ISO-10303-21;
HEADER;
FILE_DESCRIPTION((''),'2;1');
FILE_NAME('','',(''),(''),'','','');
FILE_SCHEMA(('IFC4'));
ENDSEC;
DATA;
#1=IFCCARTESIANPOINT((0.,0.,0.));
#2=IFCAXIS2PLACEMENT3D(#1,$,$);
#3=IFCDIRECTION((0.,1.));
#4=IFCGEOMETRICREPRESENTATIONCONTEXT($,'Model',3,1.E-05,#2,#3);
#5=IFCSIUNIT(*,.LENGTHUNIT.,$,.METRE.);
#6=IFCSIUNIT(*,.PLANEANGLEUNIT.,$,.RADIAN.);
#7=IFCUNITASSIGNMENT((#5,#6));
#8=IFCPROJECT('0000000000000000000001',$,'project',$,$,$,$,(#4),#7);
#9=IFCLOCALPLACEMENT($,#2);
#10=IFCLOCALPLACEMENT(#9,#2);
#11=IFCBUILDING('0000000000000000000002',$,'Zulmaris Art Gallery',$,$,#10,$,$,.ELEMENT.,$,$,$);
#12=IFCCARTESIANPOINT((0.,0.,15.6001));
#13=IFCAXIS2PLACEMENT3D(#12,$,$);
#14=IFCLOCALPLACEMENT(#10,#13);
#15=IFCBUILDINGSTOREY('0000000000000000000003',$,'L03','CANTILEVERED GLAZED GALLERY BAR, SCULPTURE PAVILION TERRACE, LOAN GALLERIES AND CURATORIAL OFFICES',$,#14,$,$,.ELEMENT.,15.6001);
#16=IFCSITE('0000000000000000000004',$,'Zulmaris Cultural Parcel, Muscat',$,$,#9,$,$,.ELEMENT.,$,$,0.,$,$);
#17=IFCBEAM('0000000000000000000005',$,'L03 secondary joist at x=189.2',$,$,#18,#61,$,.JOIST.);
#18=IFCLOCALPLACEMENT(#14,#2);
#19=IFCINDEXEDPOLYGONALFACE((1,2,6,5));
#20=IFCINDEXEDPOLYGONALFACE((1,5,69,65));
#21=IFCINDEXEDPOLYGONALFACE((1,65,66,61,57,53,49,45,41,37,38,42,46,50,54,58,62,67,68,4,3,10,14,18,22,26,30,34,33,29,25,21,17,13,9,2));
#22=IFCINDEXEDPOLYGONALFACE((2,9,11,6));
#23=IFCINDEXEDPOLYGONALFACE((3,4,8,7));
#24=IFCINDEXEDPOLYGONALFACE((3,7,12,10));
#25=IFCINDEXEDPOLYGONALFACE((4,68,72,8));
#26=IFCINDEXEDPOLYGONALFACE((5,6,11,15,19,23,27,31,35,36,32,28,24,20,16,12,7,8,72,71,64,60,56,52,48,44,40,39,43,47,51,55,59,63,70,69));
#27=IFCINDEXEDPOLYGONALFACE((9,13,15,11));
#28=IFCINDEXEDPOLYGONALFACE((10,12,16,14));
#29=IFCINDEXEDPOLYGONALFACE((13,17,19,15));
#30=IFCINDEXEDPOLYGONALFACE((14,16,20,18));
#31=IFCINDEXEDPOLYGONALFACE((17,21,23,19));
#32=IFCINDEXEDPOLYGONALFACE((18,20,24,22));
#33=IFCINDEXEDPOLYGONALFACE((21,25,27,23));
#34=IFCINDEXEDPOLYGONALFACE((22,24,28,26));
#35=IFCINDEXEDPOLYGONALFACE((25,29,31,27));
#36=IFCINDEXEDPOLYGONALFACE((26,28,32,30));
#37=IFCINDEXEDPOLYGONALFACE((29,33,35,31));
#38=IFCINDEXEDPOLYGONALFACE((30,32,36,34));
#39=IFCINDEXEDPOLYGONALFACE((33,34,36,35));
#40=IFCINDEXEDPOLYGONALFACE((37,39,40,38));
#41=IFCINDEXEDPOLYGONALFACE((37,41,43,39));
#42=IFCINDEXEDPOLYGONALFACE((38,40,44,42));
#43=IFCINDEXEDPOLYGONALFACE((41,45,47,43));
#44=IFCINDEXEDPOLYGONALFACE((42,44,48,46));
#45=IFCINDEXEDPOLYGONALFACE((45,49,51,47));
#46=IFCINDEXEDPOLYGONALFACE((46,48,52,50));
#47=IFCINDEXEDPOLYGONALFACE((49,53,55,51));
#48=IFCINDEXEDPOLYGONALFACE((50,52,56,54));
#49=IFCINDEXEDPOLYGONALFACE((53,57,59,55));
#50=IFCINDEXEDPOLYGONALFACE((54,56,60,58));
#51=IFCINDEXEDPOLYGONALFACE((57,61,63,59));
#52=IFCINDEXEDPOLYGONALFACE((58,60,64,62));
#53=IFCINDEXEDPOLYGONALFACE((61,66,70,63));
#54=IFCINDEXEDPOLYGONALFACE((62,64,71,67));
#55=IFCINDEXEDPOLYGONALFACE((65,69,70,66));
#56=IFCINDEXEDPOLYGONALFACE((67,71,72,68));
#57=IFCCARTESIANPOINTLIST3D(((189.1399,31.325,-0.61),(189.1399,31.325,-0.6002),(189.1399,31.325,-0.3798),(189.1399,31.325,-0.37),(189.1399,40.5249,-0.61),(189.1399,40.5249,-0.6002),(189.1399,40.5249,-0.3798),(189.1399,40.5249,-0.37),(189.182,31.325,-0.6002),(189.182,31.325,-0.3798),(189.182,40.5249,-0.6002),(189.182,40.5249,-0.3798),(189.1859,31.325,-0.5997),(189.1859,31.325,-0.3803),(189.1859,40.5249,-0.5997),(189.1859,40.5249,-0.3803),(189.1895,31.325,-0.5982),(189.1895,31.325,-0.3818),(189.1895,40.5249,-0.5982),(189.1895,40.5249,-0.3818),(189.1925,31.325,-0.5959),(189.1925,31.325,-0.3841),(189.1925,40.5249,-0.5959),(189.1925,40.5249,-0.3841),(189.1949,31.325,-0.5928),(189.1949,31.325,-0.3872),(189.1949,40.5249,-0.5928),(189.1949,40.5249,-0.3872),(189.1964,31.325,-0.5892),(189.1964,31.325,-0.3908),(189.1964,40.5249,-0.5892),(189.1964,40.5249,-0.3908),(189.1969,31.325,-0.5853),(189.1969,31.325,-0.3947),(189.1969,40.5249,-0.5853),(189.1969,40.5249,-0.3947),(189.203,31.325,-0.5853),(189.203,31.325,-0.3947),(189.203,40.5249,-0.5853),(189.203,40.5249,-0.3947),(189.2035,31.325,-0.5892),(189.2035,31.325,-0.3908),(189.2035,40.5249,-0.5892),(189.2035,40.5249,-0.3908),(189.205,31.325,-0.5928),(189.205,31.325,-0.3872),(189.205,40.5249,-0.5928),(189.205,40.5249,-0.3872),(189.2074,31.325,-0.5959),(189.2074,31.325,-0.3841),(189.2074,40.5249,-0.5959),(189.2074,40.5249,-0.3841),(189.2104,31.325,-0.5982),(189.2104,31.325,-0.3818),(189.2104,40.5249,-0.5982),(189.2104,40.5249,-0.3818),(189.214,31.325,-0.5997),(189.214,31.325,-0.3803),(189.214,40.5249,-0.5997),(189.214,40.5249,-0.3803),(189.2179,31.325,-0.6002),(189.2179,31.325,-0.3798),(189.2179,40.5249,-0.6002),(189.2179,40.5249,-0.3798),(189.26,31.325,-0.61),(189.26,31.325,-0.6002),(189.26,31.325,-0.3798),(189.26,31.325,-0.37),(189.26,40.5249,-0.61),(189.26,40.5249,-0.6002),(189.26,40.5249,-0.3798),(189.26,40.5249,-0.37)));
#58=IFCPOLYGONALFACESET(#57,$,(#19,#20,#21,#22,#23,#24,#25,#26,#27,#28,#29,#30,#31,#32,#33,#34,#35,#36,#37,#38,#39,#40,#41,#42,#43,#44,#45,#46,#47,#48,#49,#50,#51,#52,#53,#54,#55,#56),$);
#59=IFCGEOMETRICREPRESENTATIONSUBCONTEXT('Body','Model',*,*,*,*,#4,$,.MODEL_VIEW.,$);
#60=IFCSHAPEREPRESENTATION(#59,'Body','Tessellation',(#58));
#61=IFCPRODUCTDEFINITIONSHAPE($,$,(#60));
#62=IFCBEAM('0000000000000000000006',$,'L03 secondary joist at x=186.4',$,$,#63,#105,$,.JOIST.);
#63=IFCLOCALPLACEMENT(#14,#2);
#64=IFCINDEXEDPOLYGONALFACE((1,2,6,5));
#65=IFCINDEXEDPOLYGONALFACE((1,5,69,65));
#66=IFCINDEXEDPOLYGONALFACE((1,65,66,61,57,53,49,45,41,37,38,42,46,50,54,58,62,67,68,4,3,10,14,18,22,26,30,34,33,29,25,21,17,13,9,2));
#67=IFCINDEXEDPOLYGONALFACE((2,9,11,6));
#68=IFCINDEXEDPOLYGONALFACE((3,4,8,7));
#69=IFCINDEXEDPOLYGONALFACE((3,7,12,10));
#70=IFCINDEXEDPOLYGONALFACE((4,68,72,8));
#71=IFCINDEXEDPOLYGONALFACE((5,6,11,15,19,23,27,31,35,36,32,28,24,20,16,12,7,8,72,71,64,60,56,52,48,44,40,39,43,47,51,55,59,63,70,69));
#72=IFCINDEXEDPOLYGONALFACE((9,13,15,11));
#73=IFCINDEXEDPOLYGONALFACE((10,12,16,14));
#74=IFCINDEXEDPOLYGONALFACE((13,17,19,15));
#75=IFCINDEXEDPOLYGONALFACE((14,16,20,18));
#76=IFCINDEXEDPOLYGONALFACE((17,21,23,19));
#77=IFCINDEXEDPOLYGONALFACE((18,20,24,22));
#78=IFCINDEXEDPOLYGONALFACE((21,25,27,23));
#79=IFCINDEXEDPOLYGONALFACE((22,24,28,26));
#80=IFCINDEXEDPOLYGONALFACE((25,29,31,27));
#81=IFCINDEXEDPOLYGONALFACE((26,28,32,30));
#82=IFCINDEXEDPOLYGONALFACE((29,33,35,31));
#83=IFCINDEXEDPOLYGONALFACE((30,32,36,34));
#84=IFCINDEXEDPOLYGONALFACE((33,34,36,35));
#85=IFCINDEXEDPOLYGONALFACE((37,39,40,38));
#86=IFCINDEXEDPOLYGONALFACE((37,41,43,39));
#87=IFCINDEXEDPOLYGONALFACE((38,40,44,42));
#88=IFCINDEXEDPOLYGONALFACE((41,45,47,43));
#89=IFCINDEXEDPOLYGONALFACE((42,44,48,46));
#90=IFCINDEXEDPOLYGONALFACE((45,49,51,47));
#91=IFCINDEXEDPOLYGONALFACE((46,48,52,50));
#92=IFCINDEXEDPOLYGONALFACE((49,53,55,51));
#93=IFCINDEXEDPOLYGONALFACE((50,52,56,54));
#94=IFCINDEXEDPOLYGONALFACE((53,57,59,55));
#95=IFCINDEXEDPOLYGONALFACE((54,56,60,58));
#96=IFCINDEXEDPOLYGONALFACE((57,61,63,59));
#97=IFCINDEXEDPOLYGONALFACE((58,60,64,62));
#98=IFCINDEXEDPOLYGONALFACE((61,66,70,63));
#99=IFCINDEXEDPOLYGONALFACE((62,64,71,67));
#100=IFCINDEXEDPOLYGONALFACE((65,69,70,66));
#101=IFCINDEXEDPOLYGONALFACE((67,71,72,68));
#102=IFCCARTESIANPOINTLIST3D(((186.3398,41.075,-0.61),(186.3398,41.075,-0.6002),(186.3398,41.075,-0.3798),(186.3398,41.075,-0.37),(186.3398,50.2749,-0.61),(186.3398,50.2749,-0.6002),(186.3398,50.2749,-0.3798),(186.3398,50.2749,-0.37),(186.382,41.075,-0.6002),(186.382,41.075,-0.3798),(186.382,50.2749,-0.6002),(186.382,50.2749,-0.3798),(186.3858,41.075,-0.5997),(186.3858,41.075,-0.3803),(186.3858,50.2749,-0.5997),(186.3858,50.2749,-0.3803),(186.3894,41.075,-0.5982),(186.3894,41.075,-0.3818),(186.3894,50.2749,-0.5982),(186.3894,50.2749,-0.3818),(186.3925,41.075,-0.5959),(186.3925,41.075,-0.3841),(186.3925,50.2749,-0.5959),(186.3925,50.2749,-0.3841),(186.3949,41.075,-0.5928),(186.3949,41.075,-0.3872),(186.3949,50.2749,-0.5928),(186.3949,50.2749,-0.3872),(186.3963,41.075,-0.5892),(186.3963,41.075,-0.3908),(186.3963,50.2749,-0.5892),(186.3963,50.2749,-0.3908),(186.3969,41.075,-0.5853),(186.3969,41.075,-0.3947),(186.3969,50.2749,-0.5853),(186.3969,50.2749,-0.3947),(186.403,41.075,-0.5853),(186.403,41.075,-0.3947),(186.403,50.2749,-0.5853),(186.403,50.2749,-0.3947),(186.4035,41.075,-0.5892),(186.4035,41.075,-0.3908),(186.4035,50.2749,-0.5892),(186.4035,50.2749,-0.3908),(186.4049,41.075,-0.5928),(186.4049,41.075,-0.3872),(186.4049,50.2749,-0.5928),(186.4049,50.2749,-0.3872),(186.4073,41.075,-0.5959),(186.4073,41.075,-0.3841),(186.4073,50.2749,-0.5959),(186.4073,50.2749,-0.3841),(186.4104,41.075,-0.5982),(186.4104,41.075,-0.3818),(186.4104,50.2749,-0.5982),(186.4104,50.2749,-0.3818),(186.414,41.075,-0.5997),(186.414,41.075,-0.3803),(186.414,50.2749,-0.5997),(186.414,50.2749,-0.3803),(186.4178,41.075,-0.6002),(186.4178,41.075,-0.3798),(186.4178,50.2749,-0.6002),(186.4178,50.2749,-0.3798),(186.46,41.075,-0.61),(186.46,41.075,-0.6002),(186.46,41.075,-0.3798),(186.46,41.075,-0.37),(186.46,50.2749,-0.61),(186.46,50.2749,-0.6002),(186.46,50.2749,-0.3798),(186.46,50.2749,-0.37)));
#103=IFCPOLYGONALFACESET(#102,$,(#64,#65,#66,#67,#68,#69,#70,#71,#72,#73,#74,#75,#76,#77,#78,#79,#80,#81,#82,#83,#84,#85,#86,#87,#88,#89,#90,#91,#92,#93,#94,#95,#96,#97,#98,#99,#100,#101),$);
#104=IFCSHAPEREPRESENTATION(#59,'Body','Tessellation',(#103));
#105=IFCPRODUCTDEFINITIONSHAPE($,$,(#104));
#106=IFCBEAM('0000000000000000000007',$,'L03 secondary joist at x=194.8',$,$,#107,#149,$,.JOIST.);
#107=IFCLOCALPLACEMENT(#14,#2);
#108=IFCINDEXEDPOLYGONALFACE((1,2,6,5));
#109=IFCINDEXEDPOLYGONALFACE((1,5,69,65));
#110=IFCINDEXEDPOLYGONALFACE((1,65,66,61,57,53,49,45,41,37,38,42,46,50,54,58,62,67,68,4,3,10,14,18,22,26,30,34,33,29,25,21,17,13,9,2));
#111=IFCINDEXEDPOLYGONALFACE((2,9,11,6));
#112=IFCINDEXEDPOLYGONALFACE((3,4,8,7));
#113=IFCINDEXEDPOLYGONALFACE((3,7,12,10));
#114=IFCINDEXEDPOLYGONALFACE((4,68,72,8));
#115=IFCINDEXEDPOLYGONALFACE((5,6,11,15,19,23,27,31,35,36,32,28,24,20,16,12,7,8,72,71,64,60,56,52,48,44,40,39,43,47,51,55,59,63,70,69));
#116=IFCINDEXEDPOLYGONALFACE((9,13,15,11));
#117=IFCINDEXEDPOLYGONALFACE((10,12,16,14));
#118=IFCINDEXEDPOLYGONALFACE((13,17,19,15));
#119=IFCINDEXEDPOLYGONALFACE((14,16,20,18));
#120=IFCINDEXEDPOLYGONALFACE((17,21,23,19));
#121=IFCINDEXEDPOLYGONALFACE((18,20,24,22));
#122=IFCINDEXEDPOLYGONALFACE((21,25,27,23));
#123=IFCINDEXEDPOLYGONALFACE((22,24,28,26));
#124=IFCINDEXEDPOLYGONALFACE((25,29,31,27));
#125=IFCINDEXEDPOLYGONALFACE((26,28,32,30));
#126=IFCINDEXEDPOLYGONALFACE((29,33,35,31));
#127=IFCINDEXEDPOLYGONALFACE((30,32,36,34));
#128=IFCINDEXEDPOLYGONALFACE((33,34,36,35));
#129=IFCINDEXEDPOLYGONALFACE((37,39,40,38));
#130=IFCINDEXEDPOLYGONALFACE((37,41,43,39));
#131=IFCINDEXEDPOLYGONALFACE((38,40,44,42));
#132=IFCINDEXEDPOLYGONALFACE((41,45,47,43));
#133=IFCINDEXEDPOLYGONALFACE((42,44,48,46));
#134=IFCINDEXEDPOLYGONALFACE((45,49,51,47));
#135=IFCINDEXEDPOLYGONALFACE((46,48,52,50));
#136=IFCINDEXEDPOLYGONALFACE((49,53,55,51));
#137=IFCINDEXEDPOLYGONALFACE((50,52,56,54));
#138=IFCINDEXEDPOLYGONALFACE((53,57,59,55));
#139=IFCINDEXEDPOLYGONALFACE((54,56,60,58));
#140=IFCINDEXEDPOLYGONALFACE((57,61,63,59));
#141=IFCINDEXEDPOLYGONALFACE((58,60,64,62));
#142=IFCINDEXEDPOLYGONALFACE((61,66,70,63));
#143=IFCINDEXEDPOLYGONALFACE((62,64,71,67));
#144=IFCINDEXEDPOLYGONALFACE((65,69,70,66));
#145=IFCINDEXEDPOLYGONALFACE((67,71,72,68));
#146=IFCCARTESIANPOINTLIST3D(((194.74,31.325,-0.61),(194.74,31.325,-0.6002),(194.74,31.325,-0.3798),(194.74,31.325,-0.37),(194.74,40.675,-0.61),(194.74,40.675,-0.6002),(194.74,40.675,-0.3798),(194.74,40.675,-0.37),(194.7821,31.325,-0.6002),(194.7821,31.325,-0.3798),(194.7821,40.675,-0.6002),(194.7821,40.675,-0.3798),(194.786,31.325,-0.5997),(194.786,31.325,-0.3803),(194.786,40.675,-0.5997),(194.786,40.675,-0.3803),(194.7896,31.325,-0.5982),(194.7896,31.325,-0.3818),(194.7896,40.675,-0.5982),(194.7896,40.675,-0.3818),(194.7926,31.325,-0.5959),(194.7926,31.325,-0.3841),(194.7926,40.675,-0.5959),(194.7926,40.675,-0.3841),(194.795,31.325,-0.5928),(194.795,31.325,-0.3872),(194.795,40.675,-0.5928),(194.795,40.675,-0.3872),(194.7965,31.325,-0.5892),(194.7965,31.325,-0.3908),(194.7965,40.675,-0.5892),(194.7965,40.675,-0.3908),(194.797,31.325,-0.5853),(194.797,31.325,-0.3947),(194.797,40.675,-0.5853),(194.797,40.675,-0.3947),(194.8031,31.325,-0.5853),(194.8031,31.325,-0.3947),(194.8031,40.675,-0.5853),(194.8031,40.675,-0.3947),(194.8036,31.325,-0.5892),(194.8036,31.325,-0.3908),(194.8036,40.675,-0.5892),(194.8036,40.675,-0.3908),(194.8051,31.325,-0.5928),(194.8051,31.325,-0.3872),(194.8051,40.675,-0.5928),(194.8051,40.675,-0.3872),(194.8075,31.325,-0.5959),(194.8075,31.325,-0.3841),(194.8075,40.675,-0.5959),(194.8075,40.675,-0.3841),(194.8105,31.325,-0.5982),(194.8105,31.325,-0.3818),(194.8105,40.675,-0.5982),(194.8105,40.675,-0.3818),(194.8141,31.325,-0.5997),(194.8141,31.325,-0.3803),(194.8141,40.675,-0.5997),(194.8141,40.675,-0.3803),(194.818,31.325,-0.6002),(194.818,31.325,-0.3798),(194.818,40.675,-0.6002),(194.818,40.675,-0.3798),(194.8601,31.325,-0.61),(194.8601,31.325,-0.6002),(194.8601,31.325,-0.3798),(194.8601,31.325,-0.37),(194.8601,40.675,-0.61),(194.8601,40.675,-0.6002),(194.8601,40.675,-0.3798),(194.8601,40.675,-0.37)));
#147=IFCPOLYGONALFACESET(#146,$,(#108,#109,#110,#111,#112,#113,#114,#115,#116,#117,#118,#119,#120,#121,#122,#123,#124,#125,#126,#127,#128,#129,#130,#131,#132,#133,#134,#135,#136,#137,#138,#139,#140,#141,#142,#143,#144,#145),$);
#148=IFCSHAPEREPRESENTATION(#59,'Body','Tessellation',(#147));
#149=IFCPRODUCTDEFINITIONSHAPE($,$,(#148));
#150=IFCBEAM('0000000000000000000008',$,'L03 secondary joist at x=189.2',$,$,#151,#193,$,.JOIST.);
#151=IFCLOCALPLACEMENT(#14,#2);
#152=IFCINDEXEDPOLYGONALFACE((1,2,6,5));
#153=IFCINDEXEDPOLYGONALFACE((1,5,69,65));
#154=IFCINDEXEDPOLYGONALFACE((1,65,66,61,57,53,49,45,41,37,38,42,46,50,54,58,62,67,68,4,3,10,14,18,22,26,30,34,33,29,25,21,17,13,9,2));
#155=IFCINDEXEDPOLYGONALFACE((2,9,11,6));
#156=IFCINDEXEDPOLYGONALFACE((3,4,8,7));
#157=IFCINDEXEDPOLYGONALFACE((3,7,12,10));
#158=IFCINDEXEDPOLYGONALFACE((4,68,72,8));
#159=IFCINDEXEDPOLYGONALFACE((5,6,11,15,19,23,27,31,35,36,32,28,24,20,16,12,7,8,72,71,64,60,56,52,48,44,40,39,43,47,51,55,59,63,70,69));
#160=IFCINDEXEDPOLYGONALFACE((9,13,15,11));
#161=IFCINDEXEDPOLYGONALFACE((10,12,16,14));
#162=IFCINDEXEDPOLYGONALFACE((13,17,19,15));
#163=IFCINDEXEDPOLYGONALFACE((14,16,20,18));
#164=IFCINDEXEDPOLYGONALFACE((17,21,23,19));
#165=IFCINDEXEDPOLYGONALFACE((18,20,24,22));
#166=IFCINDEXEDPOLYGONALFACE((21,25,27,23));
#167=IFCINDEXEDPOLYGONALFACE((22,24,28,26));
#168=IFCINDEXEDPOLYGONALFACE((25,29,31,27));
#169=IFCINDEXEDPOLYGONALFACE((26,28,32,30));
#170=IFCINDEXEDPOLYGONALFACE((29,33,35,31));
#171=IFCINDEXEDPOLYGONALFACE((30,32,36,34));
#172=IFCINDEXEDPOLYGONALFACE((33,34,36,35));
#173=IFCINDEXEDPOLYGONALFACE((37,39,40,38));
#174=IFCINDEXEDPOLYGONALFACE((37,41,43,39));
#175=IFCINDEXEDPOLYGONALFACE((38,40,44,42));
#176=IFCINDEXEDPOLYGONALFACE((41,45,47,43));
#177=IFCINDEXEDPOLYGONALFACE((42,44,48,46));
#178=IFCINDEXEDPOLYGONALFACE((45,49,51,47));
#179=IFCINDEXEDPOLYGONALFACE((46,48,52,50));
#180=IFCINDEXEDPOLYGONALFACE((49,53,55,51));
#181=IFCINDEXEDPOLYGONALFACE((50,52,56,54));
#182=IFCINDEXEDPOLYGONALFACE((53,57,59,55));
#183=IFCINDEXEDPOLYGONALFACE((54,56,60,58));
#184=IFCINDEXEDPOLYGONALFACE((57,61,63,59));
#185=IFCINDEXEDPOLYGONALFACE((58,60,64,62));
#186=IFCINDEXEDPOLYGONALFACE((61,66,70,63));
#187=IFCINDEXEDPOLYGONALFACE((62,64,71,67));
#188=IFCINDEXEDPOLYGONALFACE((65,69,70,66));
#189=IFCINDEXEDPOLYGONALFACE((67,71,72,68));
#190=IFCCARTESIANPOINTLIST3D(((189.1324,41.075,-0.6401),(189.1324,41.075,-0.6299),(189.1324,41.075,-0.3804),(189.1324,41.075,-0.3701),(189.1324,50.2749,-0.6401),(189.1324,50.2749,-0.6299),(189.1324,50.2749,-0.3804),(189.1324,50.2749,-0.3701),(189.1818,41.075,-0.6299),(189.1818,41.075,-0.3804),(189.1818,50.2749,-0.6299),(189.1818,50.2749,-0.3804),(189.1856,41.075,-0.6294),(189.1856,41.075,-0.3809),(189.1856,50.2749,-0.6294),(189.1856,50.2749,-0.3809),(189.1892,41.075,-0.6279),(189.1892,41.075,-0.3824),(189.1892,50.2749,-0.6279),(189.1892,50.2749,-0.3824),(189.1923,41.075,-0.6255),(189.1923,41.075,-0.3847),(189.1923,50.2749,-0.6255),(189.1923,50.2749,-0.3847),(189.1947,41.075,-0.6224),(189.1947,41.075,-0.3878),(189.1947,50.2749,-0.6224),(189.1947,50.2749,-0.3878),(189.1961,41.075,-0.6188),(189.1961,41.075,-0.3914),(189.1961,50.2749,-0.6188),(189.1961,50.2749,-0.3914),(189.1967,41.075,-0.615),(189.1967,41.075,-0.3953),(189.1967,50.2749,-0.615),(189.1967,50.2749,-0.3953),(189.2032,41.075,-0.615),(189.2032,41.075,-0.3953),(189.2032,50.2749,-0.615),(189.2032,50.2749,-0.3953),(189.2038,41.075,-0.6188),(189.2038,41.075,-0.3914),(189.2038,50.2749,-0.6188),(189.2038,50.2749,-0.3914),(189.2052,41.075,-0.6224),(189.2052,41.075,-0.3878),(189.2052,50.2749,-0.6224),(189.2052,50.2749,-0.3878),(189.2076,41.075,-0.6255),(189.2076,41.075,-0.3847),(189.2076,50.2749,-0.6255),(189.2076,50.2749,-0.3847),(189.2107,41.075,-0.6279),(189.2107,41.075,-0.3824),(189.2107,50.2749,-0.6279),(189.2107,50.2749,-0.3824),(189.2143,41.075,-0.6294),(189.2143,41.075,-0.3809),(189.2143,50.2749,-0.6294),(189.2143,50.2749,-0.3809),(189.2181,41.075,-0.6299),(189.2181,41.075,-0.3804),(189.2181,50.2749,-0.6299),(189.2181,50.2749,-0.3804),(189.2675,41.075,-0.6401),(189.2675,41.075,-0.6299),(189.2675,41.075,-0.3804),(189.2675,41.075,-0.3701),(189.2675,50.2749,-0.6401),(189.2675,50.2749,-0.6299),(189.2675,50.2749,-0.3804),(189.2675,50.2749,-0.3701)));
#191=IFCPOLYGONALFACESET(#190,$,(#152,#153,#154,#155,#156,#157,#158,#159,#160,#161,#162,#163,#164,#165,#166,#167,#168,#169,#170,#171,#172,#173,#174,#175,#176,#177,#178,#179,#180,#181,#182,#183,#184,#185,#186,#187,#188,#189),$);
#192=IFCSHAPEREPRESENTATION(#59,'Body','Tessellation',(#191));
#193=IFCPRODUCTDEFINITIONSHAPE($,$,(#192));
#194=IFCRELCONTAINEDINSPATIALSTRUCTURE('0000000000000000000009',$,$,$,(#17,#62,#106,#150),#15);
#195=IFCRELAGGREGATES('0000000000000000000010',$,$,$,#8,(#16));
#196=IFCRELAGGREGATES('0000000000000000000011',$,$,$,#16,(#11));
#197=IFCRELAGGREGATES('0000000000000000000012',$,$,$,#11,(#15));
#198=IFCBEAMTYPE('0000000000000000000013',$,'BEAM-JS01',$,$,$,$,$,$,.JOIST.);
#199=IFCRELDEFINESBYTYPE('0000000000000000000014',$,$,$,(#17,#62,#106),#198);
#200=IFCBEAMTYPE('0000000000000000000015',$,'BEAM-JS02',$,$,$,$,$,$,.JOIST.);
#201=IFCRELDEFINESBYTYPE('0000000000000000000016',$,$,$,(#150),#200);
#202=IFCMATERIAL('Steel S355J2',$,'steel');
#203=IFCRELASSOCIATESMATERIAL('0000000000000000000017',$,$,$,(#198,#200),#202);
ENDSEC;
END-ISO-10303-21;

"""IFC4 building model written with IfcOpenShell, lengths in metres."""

from ifc_helpers import new_model, si_unit, direction, frame, origin, origin_2d, place, context, subcontext, project, spatial, i_section, extrude, material, material_profile, profile_set, type_object, element, save


model = new_model("IFC4")

# Units and contexts
model_context = context("Model", 3, precision=1e-05, world=origin(), true_north=direction((0.0, 1.0)))
body_context = subcontext(model_context, "Body", "Model", "MODEL_VIEW")
ifc_project = project(units=[si_unit("LENGTHUNIT", "METRE"), si_unit("PLANEANGLEUNIT", "RADIAN")], contexts=[model_context])

# Site, building, storey
site_placement = place(None, origin())
site = spatial("IfcSite", under=ifc_project, at=site_placement, Name="Zulmaris Cultural Parcel, Muscat", CompositionType="ELEMENT", RefElevation=0.0)
building_placement = place(site_placement, origin())
building = spatial("IfcBuilding", under=site, at=building_placement, Name="Zulmaris Art Gallery", CompositionType="ELEMENT")
storey_placement = place(building_placement, frame((0.0, 0.0, 15.6001)))
storey = spatial("IfcBuildingStorey", under=building, at=storey_placement, Name="L03", Description="CANTILEVERED GLAZED GALLERY BAR, SCULPTURE PAVILION TERRACE, LOAN GALLERIES AND CURATORIAL OFFICES", CompositionType="ELEMENT", Elevation=15.6001)

# Beams
ifc_material_1 = material(Name="Steel S355J2", Category="steel")
ifc_material_profile_1 = material_profile(ifc_material_1, i_section(OverallWidth=0.1201, OverallDepth=0.24, WebThickness=0.0061, FlangeThickness=0.0098, FilletRadius=0.0149, at=origin_2d()), Name="IPE 240")
ifc_profile_set_1 = profile_set([ifc_material_profile_1], Name="Steel S355J2")
beam_type_1 = type_object("IfcBeamType", Name="BEAM-JS01", PredefinedType="JOIST", material=ifc_profile_set_1)
for number, where, z_axis, x_axis, name in (
    (1, (189.2, 31.325, -0.49), (0.0, 1.0, 0.0), (-1.0, 0.0, 0.0), "L03 secondary joist at x=189.2"),
    (2, (186.3999, 41.075, -0.49), (0.0, 1.0, 0.0), (-1.0, 0.0, 0.0), "L03 secondary joist at x=186.4"),
):
    element("IfcBeam", number, at=place(storey_placement, frame(where, z_axis=z_axis, x_axis=x_axis)), inside=storey, type_object=beam_type_1, Name=name, PredefinedType="JOIST", context=body_context, shape_type="SweptSolid", body=[
        extrude(i_section(OverallWidth=0.1201, OverallDepth=0.24, WebThickness=0.0061, FlangeThickness=0.0098, FilletRadius=0.0149, at=origin_2d()), origin(), (0.0, 0.0, 1.0), 9.2),
    ])
beam_1_placement = place(storey_placement, frame((194.8, 31.325, -0.49), z_axis=(0.0, 1.0, 0.0), x_axis=(-1.0, 0.0, 0.0)))
element("IfcBeam", 3, at=beam_1_placement, inside=storey, type_object=beam_type_1, Name="L03 secondary joist at x=194.8", PredefinedType="JOIST", context=body_context, shape_type="SweptSolid", body=[
    extrude(i_section(OverallWidth=0.1201, OverallDepth=0.24, WebThickness=0.0061, FlangeThickness=0.0098, FilletRadius=0.0149, at=origin_2d()), origin(), (0.0, 0.0, 1.0), 9.3501),
])
ifc_material_profile_2 = material_profile(ifc_material_1, i_section(OverallWidth=0.135, OverallDepth=0.27, WebThickness=0.0066, FlangeThickness=0.0103, FilletRadius=0.0149, at=origin_2d()), Name="IPE 270")
ifc_profile_set_2 = profile_set([ifc_material_profile_2], Name="Steel S355J2")
beam_type_2 = type_object("IfcBeamType", Name="BEAM-JS02", PredefinedType="JOIST", material=ifc_profile_set_2)
beam_2_placement = place(storey_placement, frame((189.2, 41.075, -0.5051), z_axis=(0.0, 1.0, 0.0), x_axis=(-1.0, 0.0, 0.0)))
element("IfcBeam", 4, at=beam_2_placement, inside=storey, type_object=beam_type_2, Name="L03 secondary joist at x=189.2", PredefinedType="JOIST", context=body_context, shape_type="SweptSolid", body=[
    extrude(i_section(OverallWidth=0.135, OverallDepth=0.27, WebThickness=0.0066, FlangeThickness=0.0103, FilletRadius=0.0149, at=origin_2d()), origin(), (0.0, 0.0, 1.0), 9.2),
])

save(model, "model.ifc")
